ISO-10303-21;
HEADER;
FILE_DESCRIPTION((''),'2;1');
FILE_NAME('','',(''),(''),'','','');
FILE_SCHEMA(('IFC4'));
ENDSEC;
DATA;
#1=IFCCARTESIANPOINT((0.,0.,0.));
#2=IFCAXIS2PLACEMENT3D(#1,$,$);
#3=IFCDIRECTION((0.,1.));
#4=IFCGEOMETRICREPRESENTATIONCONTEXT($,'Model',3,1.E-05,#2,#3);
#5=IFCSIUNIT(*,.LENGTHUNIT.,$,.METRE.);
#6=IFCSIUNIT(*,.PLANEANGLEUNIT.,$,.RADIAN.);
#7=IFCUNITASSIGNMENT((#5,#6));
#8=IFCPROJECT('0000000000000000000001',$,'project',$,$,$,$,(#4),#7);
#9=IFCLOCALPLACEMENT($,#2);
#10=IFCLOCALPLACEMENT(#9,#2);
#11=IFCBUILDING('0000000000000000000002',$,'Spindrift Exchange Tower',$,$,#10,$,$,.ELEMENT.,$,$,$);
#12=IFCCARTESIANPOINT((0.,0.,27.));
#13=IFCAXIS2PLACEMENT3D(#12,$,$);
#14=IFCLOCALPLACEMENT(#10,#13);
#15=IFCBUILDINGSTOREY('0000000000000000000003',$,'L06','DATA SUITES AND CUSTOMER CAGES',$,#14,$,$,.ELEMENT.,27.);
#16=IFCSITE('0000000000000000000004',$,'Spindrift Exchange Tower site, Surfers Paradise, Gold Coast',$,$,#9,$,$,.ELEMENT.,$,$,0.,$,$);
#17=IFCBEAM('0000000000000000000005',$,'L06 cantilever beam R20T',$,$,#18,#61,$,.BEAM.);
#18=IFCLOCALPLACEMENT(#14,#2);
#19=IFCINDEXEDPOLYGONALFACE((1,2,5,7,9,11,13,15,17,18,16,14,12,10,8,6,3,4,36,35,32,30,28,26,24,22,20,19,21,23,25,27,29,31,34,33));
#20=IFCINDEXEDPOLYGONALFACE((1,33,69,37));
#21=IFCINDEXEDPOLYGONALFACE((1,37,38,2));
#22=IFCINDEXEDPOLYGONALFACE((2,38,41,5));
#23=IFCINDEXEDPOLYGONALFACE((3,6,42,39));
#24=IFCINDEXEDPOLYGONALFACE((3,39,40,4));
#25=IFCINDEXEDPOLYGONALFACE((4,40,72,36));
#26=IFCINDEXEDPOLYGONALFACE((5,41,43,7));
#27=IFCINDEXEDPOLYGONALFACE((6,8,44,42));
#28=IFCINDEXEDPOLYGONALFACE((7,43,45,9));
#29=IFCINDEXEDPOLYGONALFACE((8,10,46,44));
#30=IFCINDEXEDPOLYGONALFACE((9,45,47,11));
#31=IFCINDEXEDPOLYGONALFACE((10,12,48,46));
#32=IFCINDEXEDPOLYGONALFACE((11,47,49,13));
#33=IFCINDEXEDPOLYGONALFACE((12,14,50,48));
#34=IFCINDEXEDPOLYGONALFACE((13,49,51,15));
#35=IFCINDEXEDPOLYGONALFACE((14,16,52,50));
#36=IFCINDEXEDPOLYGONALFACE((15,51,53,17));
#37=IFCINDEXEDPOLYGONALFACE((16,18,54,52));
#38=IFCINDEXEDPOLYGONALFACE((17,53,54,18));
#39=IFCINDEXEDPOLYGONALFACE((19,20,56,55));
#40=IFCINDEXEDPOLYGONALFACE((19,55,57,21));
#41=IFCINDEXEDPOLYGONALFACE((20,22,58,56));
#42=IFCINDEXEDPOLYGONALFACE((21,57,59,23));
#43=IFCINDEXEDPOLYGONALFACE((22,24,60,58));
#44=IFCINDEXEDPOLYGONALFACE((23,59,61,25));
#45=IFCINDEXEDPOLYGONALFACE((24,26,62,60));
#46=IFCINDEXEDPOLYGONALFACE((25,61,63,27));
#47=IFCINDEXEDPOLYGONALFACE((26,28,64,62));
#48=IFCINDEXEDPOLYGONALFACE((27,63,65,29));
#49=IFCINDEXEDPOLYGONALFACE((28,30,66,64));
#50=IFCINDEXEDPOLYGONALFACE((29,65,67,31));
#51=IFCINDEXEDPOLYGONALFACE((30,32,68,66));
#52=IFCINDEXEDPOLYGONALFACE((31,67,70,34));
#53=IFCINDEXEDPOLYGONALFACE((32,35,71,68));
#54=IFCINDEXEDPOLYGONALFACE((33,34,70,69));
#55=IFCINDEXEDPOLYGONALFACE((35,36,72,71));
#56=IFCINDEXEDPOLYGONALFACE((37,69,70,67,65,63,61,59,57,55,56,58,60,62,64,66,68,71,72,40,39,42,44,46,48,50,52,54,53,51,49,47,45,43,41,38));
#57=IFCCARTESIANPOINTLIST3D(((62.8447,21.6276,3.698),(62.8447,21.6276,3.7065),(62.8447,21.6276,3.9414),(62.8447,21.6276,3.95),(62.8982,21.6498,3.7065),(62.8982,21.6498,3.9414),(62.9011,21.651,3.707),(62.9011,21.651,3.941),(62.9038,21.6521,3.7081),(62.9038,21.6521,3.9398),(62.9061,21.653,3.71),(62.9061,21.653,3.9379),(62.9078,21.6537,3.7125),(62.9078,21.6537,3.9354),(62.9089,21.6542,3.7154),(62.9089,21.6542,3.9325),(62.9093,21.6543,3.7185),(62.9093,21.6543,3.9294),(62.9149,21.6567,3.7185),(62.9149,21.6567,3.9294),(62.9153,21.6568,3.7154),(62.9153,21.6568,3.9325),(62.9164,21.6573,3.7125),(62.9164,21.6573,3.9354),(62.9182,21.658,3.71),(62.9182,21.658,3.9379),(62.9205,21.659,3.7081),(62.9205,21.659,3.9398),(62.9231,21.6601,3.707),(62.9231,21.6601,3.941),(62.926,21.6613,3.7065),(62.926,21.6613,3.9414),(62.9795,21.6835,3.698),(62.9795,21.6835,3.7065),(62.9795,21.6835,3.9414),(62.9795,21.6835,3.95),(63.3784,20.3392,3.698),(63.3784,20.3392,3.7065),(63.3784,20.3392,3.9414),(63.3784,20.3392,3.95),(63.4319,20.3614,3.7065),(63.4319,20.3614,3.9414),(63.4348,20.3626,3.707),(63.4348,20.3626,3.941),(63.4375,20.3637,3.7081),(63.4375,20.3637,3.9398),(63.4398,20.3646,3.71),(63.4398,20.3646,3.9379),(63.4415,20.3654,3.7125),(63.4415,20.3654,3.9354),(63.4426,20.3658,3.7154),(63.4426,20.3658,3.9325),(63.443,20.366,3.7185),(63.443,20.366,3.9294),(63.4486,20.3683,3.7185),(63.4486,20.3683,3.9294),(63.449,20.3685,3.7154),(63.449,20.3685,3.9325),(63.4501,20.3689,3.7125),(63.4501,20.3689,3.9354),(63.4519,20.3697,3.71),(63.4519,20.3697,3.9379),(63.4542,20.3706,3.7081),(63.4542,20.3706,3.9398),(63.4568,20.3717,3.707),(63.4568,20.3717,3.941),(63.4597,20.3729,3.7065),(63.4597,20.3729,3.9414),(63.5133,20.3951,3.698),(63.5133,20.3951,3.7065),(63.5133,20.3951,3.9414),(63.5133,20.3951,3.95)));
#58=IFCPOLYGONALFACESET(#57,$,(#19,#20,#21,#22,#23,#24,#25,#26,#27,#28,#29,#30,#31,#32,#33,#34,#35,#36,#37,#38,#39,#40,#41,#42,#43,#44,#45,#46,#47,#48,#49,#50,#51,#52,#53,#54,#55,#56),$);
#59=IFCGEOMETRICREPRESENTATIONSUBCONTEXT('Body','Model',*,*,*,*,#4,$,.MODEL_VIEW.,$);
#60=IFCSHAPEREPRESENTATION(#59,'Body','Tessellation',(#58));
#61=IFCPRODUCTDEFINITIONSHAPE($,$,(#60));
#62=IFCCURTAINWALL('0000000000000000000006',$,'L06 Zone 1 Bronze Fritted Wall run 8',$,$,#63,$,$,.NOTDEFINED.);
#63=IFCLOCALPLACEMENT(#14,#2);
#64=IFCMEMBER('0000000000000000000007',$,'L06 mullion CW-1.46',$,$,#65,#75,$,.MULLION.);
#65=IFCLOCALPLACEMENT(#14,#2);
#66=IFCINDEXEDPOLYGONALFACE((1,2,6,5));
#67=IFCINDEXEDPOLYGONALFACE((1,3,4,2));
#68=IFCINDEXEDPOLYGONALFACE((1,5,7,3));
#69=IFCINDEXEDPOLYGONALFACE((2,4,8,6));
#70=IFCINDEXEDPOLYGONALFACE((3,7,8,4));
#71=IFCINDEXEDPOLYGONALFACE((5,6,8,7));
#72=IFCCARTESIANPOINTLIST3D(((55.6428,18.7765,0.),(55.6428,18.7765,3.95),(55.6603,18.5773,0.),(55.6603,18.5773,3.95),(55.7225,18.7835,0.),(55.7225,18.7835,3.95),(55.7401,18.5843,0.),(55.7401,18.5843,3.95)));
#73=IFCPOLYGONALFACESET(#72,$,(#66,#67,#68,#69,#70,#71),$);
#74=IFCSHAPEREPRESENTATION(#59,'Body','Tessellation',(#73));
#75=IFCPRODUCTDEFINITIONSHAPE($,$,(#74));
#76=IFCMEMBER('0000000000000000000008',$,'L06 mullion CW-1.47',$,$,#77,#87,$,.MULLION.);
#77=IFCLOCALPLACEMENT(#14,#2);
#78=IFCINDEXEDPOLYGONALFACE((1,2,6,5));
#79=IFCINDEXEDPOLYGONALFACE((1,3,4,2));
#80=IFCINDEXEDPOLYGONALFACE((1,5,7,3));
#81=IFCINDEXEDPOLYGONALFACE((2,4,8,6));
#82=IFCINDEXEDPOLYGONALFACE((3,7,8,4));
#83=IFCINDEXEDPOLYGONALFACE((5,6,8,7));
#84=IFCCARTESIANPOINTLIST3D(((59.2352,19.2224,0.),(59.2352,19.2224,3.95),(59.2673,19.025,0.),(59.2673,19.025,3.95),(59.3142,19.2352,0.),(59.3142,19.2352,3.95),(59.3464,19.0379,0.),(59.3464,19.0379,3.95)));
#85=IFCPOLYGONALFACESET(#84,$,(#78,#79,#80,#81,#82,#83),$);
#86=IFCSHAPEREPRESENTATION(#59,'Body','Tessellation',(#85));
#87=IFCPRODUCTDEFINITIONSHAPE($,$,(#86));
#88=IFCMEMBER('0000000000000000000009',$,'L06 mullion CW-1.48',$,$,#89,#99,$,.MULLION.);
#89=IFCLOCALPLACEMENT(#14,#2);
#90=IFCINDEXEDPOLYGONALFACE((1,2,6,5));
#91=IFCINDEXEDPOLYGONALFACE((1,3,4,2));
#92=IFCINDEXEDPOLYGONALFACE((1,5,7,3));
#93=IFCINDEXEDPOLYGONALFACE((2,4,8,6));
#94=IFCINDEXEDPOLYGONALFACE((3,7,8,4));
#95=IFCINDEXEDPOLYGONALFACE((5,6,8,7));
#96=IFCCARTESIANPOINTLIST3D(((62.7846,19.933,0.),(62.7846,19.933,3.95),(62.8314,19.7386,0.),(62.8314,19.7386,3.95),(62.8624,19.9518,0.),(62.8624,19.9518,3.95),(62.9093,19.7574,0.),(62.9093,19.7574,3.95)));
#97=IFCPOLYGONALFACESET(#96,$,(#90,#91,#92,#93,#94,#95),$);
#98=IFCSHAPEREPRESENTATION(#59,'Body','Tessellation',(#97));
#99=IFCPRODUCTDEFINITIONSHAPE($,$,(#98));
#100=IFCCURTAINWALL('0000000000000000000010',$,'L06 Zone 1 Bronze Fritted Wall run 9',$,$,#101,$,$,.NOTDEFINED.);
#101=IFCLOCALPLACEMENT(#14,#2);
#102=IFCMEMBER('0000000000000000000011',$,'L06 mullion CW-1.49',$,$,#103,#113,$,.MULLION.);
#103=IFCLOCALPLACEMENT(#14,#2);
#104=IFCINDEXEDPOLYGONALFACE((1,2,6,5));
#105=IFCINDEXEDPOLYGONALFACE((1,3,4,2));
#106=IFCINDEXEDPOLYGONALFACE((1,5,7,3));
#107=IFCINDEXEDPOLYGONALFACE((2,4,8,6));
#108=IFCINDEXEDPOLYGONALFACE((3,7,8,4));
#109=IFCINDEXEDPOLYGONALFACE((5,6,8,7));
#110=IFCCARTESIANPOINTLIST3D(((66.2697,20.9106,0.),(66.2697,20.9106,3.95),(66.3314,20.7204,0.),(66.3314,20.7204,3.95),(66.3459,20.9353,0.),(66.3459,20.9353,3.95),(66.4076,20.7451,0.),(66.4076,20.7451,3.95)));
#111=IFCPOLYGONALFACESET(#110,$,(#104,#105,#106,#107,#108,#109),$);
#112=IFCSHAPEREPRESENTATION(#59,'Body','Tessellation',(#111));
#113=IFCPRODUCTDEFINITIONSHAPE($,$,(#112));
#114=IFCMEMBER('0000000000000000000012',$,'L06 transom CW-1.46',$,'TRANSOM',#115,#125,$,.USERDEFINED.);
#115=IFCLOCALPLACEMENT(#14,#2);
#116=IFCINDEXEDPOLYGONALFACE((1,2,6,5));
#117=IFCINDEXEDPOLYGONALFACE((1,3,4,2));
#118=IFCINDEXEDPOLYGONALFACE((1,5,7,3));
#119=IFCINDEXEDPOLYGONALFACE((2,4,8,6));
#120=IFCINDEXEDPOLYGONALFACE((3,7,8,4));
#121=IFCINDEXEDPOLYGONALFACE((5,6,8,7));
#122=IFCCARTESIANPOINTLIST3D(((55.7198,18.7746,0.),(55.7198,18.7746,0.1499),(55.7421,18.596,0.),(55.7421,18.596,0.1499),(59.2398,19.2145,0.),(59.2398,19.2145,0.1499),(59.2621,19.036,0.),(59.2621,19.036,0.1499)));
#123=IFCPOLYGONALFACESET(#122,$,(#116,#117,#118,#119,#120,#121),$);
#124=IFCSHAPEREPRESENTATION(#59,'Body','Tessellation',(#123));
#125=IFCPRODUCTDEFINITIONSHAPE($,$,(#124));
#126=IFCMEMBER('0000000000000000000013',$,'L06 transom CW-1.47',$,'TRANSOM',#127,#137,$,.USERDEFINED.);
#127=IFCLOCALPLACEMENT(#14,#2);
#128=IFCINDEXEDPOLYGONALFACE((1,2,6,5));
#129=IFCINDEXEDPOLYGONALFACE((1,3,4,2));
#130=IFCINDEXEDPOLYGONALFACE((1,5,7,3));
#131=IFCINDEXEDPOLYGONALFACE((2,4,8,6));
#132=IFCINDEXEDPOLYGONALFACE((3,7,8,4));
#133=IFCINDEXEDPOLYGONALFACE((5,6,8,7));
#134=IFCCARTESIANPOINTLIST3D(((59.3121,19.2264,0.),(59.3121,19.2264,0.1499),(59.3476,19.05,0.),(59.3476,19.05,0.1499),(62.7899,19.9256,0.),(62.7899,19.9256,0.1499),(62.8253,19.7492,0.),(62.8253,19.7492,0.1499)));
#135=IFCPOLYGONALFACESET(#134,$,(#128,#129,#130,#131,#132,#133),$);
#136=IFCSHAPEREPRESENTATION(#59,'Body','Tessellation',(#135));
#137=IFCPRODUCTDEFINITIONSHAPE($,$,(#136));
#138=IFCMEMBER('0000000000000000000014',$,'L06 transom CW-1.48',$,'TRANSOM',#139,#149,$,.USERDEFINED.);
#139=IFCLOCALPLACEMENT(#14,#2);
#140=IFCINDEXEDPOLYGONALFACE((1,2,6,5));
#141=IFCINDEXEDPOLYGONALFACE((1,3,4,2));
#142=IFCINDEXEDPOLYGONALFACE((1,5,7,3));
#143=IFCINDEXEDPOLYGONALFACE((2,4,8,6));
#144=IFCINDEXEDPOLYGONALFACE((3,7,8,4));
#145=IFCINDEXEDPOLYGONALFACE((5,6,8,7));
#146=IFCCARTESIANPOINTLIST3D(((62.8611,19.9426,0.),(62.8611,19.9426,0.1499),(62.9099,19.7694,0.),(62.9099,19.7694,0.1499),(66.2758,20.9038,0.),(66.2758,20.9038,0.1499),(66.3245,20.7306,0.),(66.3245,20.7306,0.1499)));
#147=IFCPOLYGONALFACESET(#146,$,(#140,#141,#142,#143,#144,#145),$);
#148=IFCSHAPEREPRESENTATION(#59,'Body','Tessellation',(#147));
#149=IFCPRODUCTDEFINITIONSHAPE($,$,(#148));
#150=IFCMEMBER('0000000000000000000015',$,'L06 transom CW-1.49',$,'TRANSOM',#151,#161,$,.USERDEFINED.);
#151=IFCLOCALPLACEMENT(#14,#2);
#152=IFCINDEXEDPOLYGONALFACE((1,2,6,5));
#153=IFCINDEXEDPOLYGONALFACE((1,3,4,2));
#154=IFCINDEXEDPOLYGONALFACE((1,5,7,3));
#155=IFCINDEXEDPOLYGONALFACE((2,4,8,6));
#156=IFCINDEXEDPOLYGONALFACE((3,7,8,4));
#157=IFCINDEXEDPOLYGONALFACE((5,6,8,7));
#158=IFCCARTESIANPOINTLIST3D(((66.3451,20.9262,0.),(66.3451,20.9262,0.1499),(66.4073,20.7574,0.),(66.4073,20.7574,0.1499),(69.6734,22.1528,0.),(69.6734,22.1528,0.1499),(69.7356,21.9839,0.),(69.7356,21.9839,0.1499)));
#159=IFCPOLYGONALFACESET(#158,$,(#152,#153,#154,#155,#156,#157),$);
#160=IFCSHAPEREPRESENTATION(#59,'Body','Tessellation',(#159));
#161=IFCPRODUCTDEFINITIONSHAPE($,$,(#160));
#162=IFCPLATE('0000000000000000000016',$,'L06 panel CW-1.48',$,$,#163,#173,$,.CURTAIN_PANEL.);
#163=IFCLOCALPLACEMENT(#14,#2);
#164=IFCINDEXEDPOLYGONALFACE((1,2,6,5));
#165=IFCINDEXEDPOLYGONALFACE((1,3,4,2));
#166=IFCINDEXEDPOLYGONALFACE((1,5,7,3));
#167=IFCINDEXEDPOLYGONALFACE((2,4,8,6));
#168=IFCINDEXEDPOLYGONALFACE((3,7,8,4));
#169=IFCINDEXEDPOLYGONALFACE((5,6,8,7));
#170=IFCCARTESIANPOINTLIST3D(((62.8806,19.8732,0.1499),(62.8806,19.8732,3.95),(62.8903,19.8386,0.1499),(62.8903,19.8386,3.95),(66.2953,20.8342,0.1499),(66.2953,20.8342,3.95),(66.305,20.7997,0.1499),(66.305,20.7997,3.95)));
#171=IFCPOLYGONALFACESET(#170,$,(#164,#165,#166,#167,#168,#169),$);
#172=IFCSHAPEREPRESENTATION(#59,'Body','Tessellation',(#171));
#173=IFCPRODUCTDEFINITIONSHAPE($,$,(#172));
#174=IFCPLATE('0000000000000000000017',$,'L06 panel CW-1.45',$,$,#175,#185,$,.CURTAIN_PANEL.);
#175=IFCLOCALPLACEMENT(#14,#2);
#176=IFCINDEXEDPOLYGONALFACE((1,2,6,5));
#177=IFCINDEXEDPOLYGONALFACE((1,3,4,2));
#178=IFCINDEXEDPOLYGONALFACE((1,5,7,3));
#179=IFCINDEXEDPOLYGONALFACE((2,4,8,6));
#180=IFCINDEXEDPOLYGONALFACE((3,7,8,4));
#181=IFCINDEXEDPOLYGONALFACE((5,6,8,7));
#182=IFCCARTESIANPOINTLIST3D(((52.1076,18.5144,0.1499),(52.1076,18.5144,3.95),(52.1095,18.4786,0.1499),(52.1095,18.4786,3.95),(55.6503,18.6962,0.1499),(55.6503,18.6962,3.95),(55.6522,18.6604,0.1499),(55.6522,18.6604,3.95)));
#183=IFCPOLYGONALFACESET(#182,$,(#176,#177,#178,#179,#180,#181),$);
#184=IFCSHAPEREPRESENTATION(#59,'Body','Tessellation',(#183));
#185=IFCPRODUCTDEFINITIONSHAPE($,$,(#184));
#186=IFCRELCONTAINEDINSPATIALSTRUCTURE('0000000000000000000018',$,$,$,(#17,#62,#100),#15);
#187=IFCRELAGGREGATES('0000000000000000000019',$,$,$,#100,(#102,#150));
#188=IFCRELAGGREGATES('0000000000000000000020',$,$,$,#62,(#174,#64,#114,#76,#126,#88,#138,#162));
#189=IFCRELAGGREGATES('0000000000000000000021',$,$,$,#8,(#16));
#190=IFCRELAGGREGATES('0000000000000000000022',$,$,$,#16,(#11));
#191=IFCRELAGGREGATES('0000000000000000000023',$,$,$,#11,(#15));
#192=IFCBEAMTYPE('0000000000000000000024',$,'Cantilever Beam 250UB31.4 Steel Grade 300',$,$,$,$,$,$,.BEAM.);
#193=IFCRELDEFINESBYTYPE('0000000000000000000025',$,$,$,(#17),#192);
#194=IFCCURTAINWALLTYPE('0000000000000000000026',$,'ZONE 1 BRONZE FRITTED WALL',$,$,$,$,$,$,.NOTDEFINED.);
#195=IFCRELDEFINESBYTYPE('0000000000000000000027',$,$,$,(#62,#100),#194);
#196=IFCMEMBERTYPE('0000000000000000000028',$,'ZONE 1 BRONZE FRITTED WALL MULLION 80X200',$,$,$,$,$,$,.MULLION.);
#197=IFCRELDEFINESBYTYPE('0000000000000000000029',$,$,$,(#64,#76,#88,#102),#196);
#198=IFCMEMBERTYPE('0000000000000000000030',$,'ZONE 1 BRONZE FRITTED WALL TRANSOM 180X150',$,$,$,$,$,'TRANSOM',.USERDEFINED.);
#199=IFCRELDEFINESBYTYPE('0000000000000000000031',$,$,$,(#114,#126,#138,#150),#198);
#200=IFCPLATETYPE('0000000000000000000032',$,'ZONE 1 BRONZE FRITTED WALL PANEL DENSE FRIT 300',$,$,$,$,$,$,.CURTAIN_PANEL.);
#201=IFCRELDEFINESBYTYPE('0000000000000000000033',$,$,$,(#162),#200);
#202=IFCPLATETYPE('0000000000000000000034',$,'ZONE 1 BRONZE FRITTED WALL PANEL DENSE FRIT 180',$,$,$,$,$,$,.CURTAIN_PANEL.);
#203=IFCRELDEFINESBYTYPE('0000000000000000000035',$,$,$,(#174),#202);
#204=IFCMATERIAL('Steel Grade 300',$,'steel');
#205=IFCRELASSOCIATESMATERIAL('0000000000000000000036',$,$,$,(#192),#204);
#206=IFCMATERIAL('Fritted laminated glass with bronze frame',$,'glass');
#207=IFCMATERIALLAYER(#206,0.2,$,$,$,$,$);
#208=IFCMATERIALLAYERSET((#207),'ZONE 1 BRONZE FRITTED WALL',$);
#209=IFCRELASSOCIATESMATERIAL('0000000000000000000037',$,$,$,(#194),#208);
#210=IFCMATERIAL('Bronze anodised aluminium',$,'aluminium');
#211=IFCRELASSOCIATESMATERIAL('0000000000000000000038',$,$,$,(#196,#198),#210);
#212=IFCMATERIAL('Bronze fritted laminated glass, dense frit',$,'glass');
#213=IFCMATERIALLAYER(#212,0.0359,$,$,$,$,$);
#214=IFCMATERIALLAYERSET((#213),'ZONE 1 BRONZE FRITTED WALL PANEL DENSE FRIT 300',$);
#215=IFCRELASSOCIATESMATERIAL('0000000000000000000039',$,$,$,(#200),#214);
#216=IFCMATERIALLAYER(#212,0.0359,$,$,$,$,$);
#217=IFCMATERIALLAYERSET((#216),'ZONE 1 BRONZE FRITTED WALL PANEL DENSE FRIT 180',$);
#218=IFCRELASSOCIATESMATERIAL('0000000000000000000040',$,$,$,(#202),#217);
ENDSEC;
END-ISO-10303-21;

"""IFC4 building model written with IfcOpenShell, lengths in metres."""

from ifc_helpers import new_model, si_unit, direction, frame, origin, origin_2d, place, context, subcontext, project, spatial, rectangle, i_section, extrude, source, transform, mapped, material, layer, layer_set, material_profile, profile_set, type_object, element, aggregate, save


model = new_model("IFC4")

# Units and contexts
model_context = context("Model", 3, precision=1e-05, world=origin(), true_north=direction((0.0, 1.0)))
body_context = subcontext(model_context, "Body", "Model", "MODEL_VIEW")
ifc_project = project(units=[si_unit("LENGTHUNIT", "METRE"), si_unit("PLANEANGLEUNIT", "RADIAN")], contexts=[model_context])

# Site, building, storey
site_placement = place(None, origin())
site = spatial("IfcSite", under=ifc_project, at=site_placement, Name="Spindrift Exchange Tower site, Surfers Paradise, Gold Coast", CompositionType="ELEMENT", RefElevation=0.0)
building_placement = place(site_placement, origin())
building = spatial("IfcBuilding", under=site, at=building_placement, Name="Spindrift Exchange Tower", CompositionType="ELEMENT")
storey_placement = place(building_placement, frame((0.0, 0.0, 27.0)))
storey = spatial("IfcBuildingStorey", under=building, at=storey_placement, Name="L06", Description="DATA SUITES AND CUSTOMER CAGES", CompositionType="ELEMENT", Elevation=27.0)

# Beam
ifc_material_1 = material(Name="Steel Grade 300", Category="steel")
ifc_material_profile_1 = material_profile(ifc_material_1, i_section(OverallWidth=0.146, OverallDepth=0.252, WebThickness=0.0061, FlangeThickness=0.0085, FilletRadius=0.012, at=origin_2d()), Name="250UB31.4")
ifc_profile_set_1 = profile_set([ifc_material_profile_1], Name="Steel Grade 300")
beam_type_1 = type_object("IfcBeamType", Name="Cantilever Beam 250UB31.4 Steel Grade 300", PredefinedType="BEAM", material=ifc_profile_set_1)
shared_shape_1 = source(origin(), body_context, "Body", "SweptSolid", [
    extrude(i_section(OverallWidth=0.146, OverallDepth=0.252, WebThickness=0.0061, FlangeThickness=0.0085, FilletRadius=0.012, at=origin_2d()), origin(), (0.0, 0.0, 1.0), 1.3945),
])
beam_1_placement = place(storey_placement, frame((62.9121, 21.6555, 3.824), z_axis=(0.382713, -0.923867, 0.0), x_axis=(0.923867, 0.382713, 0.0)))
element("IfcBeam", 1, at=beam_1_placement, inside=storey, type_object=beam_type_1, Name="L06 cantilever beam R20T", PredefinedType="BEAM", context=body_context, shape_type="MappedRepresentation", body=[
    mapped(shared_shape_1, transform((0.0, 0.0, 0.0), scale=1.0)),
])

# Curtain wall, members
ifc_material_2 = material(Name="Fritted laminated glass with bronze frame", Category="glass")
ifc_layer_1 = layer(ifc_material_2, 0.2)
ifc_layer_set_1 = layer_set([ifc_layer_1], Name="ZONE 1 BRONZE FRITTED WALL")
curtain_wall_type = type_object("IfcCurtainWallType", Name="ZONE 1 BRONZE FRITTED WALL", PredefinedType="NOTDEFINED", material=ifc_layer_set_1)
curtain_wall_1_placement = place(storey_placement, origin())
curtain_wall_1 = element("IfcCurtainWall", 2, at=curtain_wall_1_placement, inside=storey, type_object=curtain_wall_type, Name="L06 Zone 1 Bronze Fritted Wall run 8", PredefinedType="NOTDEFINED")
ifc_material_3 = material(Name="Bronze anodised aluminium", Category="aluminium")
ifc_material_profile_2 = material_profile(ifc_material_3, rectangle(XDim=0.0801, YDim=0.2, at=origin_2d()), Name="ZONE 1 BRONZE FRITTED WALL MULLION 80X200")
ifc_profile_set_2 = profile_set([ifc_material_profile_2], Name="Bronze anodised aluminium")
member_type_1 = type_object("IfcMemberType", Name="ZONE 1 BRONZE FRITTED WALL MULLION 80X200", PredefinedType="MULLION", material=ifc_profile_set_2)
shared_shape_2 = source(origin(), body_context, "Body", "SweptSolid", [
    extrude(rectangle(XDim=0.0801, YDim=0.2, at=origin_2d()), origin(), (0.0, 0.0, 1.0), 3.95),
])
member_1_placement = place(storey_placement, frame((55.6914, 18.6804, 0.0), z_axis=(0.0, 0.0, 1.0), x_axis=(0.996147, 0.087697, 0.0)))
member_1 = element("IfcMember", 3, at=member_1_placement, type_object=member_type_1, Name="L06 mullion CW-1.46", PredefinedType="MULLION", context=body_context, shape_type="MappedRepresentation", body=[
    mapped(shared_shape_2, transform((0.0, 0.0, 0.0), scale=1.0)),
])
member_2_placement = place(storey_placement, frame((59.2908, 19.1301, 0.0), z_axis=(0.0, 0.0, 1.0), x_axis=(0.987006, 0.160681, 0.0)))
member_2 = element("IfcMember", 4, at=member_2_placement, type_object=member_type_1, Name="L06 mullion CW-1.47", PredefinedType="MULLION", context=body_context, shape_type="MappedRepresentation", body=[
    mapped(shared_shape_2, transform((0.0, 0.0, 0.0), scale=1.0)),
])
member_3_placement = place(storey_placement, frame((62.8469, 19.8452, 0.0), z_axis=(0.0, 0.0, 1.0), x_axis=(0.972193, 0.234182, 0.0)))
member_3 = element("IfcMember", 5, at=member_3_placement, type_object=member_type_1, Name="L06 mullion CW-1.48", PredefinedType="MULLION", context=body_context, shape_type="MappedRepresentation", body=[
    mapped(shared_shape_2, transform((0.0, 0.0, 0.0), scale=1.0)),
])

# Curtain wall, member
curtain_wall_2_placement = place(storey_placement, origin())
curtain_wall_2 = element("IfcCurtainWall", 6, at=curtain_wall_2_placement, inside=storey, type_object=curtain_wall_type, Name="L06 Zone 1 Bronze Fritted Wall run 9", PredefinedType="NOTDEFINED")
member_4_placement = place(storey_placement, frame((66.3386, 20.8279, 0.0), z_axis=(0.0, 0.0, 1.0), x_axis=(0.951198, 0.308583, 0.0)))
member_4 = element("IfcMember", 7, at=member_4_placement, type_object=member_type_1, Name="L06 mullion CW-1.49", PredefinedType="MULLION", context=body_context, shape_type="MappedRepresentation", body=[
    mapped(shared_shape_2, transform((0.0, 0.0, 0.0), scale=1.0)),
])

# Members
ifc_material_profile_3 = material_profile(ifc_material_3, rectangle(XDim=0.1799, YDim=0.1499, at=origin_2d()), Name="ZONE 1 BRONZE FRITTED WALL TRANSOM 180X150")
ifc_profile_set_3 = profile_set([ifc_material_profile_3], Name="Bronze anodised aluminium")
member_type_2 = type_object("IfcMemberType", Name="ZONE 1 BRONZE FRITTED WALL TRANSOM 180X150", ElementType="TRANSOM", PredefinedType="USERDEFINED", material=ifc_profile_set_3)
shared_shape_3 = source(origin(), body_context, "Body", "SweptSolid", [
    extrude(rectangle(XDim=0.1799, YDim=0.1499, at=origin_2d()), origin(), (0.0, 0.0, 1.0), 3.5474),
])
member_5_placement = place(storey_placement, frame((55.731, 18.6853, 0.075), z_axis=(0.99228, 0.124018, 0.0), x_axis=(-0.124018, 0.99228, 0.0)))
member_5 = element("IfcMember", 8, at=member_5_placement, type_object=member_type_2, Name="L06 transom CW-1.46", ObjectType="TRANSOM", PredefinedType="USERDEFINED", context=body_context, shape_type="MappedRepresentation", body=[
    mapped(shared_shape_3, transform((0.0, 0.0, 0.0), scale=1.0)),
])
member_6_placement = place(storey_placement, frame((59.3298, 19.1382, 0.075), z_axis=(0.980382, 0.197109, 0.0), x_axis=(-0.197109, 0.980382, 0.0)))
member_6 = element("IfcMember", 9, at=member_6_placement, type_object=member_type_2, Name="L06 transom CW-1.47", ObjectType="TRANSOM", PredefinedType="USERDEFINED", context=body_context, shape_type="MappedRepresentation", body=[
    mapped(shared_shape_3, transform((0.0, 0.0, 0.0), scale=1.0)),
])
member_7_placement = place(storey_placement, frame((62.8855, 19.856, 0.075), z_axis=(0.962589, 0.270965, 0.0), x_axis=(-0.270965, 0.962589, 0.0)))
member_7 = element("IfcMember", 10, at=member_7_placement, type_object=member_type_2, Name="L06 transom CW-1.48", ObjectType="TRANSOM", PredefinedType="USERDEFINED", context=body_context, shape_type="MappedRepresentation", body=[
    mapped(shared_shape_3, transform((0.0, 0.0, 0.0), scale=1.0)),
])
shared_shape_4 = source(origin(), body_context, "Body", "SweptSolid", [
    extrude(rectangle(XDim=0.1799, YDim=0.1499, at=origin_2d()), origin(), (0.0, 0.0, 1.0), 3.5471),
])
member_8_placement = place(storey_placement, frame((66.3762, 20.8418, 0.075), z_axis=(0.938314, 0.345785, 0.0), x_axis=(-0.345785, 0.938314, 0.0)))
member_8 = element("IfcMember", 11, at=member_8_placement, type_object=member_type_2, Name="L06 transom CW-1.49", ObjectType="TRANSOM", PredefinedType="USERDEFINED", context=body_context, shape_type="MappedRepresentation", body=[
    mapped(shared_shape_4, transform((0.0, 0.0, 0.0), scale=1.0)),
])
aggregate(curtain_wall_2, [member_4, member_8])

# Plates
ifc_material_4 = material(Name="Bronze fritted laminated glass, dense frit", Category="glass")
ifc_layer_2 = layer(ifc_material_4, 0.0359)
ifc_layer_set_2 = layer_set([ifc_layer_2], Name="ZONE 1 BRONZE FRITTED WALL PANEL DENSE FRIT 300")
plate_type_1 = type_object("IfcPlateType", Name="ZONE 1 BRONZE FRITTED WALL PANEL DENSE FRIT 300", PredefinedType="CURTAIN_PANEL", material=ifc_layer_set_2)
shared_shape_5 = source(origin(), body_context, "Body", "SweptSolid", [
    extrude(rectangle(XDim=3.5474, YDim=0.0359, at=origin_2d()), origin(), (0.0, 0.0, 1.0), 3.8),
])
plate_1_placement = place(storey_placement, frame((64.5928, 20.3364, 0.1499), z_axis=(0.0, 0.0, 1.0), x_axis=(0.962603, 0.270915, 0.0)))
plate_1 = element("IfcPlate", 12, at=plate_1_placement, type_object=plate_type_1, Name="L06 panel CW-1.48", PredefinedType="CURTAIN_PANEL", context=body_context, shape_type="MappedRepresentation", body=[
    mapped(shared_shape_5, transform((0.0, 0.0, 0.0), scale=1.0)),
])
ifc_layer_3 = layer(ifc_material_4, 0.0359)
ifc_layer_set_3 = layer_set([ifc_layer_3], Name="ZONE 1 BRONZE FRITTED WALL PANEL DENSE FRIT 180")
plate_type_2 = type_object("IfcPlateType", Name="ZONE 1 BRONZE FRITTED WALL PANEL DENSE FRIT 180", PredefinedType="CURTAIN_PANEL", material=ifc_layer_set_3)
shared_shape_6 = source(origin(), body_context, "Body", "SweptSolid", [
    extrude(rectangle(XDim=3.5474, YDim=0.0359, at=origin_2d()), origin(), (0.0, 0.0, 1.0), 3.8),
])
plate_2_placement = place(storey_placement, frame((53.8799, 18.5874, 0.1499), z_axis=(0.0, 0.0, 1.0), x_axis=(0.998686, 0.05125, 0.0)))
plate_2 = element("IfcPlate", 13, at=plate_2_placement, type_object=plate_type_2, Name="L06 panel CW-1.45", PredefinedType="CURTAIN_PANEL", context=body_context, shape_type="MappedRepresentation", body=[
    mapped(shared_shape_6, transform((0.0, 0.0, 0.0), scale=1.0)),
])
aggregate(curtain_wall_1, [plate_2, member_1, member_5, member_2, member_6, member_3, member_7, plate_1])

save(model, "model.ifc")
